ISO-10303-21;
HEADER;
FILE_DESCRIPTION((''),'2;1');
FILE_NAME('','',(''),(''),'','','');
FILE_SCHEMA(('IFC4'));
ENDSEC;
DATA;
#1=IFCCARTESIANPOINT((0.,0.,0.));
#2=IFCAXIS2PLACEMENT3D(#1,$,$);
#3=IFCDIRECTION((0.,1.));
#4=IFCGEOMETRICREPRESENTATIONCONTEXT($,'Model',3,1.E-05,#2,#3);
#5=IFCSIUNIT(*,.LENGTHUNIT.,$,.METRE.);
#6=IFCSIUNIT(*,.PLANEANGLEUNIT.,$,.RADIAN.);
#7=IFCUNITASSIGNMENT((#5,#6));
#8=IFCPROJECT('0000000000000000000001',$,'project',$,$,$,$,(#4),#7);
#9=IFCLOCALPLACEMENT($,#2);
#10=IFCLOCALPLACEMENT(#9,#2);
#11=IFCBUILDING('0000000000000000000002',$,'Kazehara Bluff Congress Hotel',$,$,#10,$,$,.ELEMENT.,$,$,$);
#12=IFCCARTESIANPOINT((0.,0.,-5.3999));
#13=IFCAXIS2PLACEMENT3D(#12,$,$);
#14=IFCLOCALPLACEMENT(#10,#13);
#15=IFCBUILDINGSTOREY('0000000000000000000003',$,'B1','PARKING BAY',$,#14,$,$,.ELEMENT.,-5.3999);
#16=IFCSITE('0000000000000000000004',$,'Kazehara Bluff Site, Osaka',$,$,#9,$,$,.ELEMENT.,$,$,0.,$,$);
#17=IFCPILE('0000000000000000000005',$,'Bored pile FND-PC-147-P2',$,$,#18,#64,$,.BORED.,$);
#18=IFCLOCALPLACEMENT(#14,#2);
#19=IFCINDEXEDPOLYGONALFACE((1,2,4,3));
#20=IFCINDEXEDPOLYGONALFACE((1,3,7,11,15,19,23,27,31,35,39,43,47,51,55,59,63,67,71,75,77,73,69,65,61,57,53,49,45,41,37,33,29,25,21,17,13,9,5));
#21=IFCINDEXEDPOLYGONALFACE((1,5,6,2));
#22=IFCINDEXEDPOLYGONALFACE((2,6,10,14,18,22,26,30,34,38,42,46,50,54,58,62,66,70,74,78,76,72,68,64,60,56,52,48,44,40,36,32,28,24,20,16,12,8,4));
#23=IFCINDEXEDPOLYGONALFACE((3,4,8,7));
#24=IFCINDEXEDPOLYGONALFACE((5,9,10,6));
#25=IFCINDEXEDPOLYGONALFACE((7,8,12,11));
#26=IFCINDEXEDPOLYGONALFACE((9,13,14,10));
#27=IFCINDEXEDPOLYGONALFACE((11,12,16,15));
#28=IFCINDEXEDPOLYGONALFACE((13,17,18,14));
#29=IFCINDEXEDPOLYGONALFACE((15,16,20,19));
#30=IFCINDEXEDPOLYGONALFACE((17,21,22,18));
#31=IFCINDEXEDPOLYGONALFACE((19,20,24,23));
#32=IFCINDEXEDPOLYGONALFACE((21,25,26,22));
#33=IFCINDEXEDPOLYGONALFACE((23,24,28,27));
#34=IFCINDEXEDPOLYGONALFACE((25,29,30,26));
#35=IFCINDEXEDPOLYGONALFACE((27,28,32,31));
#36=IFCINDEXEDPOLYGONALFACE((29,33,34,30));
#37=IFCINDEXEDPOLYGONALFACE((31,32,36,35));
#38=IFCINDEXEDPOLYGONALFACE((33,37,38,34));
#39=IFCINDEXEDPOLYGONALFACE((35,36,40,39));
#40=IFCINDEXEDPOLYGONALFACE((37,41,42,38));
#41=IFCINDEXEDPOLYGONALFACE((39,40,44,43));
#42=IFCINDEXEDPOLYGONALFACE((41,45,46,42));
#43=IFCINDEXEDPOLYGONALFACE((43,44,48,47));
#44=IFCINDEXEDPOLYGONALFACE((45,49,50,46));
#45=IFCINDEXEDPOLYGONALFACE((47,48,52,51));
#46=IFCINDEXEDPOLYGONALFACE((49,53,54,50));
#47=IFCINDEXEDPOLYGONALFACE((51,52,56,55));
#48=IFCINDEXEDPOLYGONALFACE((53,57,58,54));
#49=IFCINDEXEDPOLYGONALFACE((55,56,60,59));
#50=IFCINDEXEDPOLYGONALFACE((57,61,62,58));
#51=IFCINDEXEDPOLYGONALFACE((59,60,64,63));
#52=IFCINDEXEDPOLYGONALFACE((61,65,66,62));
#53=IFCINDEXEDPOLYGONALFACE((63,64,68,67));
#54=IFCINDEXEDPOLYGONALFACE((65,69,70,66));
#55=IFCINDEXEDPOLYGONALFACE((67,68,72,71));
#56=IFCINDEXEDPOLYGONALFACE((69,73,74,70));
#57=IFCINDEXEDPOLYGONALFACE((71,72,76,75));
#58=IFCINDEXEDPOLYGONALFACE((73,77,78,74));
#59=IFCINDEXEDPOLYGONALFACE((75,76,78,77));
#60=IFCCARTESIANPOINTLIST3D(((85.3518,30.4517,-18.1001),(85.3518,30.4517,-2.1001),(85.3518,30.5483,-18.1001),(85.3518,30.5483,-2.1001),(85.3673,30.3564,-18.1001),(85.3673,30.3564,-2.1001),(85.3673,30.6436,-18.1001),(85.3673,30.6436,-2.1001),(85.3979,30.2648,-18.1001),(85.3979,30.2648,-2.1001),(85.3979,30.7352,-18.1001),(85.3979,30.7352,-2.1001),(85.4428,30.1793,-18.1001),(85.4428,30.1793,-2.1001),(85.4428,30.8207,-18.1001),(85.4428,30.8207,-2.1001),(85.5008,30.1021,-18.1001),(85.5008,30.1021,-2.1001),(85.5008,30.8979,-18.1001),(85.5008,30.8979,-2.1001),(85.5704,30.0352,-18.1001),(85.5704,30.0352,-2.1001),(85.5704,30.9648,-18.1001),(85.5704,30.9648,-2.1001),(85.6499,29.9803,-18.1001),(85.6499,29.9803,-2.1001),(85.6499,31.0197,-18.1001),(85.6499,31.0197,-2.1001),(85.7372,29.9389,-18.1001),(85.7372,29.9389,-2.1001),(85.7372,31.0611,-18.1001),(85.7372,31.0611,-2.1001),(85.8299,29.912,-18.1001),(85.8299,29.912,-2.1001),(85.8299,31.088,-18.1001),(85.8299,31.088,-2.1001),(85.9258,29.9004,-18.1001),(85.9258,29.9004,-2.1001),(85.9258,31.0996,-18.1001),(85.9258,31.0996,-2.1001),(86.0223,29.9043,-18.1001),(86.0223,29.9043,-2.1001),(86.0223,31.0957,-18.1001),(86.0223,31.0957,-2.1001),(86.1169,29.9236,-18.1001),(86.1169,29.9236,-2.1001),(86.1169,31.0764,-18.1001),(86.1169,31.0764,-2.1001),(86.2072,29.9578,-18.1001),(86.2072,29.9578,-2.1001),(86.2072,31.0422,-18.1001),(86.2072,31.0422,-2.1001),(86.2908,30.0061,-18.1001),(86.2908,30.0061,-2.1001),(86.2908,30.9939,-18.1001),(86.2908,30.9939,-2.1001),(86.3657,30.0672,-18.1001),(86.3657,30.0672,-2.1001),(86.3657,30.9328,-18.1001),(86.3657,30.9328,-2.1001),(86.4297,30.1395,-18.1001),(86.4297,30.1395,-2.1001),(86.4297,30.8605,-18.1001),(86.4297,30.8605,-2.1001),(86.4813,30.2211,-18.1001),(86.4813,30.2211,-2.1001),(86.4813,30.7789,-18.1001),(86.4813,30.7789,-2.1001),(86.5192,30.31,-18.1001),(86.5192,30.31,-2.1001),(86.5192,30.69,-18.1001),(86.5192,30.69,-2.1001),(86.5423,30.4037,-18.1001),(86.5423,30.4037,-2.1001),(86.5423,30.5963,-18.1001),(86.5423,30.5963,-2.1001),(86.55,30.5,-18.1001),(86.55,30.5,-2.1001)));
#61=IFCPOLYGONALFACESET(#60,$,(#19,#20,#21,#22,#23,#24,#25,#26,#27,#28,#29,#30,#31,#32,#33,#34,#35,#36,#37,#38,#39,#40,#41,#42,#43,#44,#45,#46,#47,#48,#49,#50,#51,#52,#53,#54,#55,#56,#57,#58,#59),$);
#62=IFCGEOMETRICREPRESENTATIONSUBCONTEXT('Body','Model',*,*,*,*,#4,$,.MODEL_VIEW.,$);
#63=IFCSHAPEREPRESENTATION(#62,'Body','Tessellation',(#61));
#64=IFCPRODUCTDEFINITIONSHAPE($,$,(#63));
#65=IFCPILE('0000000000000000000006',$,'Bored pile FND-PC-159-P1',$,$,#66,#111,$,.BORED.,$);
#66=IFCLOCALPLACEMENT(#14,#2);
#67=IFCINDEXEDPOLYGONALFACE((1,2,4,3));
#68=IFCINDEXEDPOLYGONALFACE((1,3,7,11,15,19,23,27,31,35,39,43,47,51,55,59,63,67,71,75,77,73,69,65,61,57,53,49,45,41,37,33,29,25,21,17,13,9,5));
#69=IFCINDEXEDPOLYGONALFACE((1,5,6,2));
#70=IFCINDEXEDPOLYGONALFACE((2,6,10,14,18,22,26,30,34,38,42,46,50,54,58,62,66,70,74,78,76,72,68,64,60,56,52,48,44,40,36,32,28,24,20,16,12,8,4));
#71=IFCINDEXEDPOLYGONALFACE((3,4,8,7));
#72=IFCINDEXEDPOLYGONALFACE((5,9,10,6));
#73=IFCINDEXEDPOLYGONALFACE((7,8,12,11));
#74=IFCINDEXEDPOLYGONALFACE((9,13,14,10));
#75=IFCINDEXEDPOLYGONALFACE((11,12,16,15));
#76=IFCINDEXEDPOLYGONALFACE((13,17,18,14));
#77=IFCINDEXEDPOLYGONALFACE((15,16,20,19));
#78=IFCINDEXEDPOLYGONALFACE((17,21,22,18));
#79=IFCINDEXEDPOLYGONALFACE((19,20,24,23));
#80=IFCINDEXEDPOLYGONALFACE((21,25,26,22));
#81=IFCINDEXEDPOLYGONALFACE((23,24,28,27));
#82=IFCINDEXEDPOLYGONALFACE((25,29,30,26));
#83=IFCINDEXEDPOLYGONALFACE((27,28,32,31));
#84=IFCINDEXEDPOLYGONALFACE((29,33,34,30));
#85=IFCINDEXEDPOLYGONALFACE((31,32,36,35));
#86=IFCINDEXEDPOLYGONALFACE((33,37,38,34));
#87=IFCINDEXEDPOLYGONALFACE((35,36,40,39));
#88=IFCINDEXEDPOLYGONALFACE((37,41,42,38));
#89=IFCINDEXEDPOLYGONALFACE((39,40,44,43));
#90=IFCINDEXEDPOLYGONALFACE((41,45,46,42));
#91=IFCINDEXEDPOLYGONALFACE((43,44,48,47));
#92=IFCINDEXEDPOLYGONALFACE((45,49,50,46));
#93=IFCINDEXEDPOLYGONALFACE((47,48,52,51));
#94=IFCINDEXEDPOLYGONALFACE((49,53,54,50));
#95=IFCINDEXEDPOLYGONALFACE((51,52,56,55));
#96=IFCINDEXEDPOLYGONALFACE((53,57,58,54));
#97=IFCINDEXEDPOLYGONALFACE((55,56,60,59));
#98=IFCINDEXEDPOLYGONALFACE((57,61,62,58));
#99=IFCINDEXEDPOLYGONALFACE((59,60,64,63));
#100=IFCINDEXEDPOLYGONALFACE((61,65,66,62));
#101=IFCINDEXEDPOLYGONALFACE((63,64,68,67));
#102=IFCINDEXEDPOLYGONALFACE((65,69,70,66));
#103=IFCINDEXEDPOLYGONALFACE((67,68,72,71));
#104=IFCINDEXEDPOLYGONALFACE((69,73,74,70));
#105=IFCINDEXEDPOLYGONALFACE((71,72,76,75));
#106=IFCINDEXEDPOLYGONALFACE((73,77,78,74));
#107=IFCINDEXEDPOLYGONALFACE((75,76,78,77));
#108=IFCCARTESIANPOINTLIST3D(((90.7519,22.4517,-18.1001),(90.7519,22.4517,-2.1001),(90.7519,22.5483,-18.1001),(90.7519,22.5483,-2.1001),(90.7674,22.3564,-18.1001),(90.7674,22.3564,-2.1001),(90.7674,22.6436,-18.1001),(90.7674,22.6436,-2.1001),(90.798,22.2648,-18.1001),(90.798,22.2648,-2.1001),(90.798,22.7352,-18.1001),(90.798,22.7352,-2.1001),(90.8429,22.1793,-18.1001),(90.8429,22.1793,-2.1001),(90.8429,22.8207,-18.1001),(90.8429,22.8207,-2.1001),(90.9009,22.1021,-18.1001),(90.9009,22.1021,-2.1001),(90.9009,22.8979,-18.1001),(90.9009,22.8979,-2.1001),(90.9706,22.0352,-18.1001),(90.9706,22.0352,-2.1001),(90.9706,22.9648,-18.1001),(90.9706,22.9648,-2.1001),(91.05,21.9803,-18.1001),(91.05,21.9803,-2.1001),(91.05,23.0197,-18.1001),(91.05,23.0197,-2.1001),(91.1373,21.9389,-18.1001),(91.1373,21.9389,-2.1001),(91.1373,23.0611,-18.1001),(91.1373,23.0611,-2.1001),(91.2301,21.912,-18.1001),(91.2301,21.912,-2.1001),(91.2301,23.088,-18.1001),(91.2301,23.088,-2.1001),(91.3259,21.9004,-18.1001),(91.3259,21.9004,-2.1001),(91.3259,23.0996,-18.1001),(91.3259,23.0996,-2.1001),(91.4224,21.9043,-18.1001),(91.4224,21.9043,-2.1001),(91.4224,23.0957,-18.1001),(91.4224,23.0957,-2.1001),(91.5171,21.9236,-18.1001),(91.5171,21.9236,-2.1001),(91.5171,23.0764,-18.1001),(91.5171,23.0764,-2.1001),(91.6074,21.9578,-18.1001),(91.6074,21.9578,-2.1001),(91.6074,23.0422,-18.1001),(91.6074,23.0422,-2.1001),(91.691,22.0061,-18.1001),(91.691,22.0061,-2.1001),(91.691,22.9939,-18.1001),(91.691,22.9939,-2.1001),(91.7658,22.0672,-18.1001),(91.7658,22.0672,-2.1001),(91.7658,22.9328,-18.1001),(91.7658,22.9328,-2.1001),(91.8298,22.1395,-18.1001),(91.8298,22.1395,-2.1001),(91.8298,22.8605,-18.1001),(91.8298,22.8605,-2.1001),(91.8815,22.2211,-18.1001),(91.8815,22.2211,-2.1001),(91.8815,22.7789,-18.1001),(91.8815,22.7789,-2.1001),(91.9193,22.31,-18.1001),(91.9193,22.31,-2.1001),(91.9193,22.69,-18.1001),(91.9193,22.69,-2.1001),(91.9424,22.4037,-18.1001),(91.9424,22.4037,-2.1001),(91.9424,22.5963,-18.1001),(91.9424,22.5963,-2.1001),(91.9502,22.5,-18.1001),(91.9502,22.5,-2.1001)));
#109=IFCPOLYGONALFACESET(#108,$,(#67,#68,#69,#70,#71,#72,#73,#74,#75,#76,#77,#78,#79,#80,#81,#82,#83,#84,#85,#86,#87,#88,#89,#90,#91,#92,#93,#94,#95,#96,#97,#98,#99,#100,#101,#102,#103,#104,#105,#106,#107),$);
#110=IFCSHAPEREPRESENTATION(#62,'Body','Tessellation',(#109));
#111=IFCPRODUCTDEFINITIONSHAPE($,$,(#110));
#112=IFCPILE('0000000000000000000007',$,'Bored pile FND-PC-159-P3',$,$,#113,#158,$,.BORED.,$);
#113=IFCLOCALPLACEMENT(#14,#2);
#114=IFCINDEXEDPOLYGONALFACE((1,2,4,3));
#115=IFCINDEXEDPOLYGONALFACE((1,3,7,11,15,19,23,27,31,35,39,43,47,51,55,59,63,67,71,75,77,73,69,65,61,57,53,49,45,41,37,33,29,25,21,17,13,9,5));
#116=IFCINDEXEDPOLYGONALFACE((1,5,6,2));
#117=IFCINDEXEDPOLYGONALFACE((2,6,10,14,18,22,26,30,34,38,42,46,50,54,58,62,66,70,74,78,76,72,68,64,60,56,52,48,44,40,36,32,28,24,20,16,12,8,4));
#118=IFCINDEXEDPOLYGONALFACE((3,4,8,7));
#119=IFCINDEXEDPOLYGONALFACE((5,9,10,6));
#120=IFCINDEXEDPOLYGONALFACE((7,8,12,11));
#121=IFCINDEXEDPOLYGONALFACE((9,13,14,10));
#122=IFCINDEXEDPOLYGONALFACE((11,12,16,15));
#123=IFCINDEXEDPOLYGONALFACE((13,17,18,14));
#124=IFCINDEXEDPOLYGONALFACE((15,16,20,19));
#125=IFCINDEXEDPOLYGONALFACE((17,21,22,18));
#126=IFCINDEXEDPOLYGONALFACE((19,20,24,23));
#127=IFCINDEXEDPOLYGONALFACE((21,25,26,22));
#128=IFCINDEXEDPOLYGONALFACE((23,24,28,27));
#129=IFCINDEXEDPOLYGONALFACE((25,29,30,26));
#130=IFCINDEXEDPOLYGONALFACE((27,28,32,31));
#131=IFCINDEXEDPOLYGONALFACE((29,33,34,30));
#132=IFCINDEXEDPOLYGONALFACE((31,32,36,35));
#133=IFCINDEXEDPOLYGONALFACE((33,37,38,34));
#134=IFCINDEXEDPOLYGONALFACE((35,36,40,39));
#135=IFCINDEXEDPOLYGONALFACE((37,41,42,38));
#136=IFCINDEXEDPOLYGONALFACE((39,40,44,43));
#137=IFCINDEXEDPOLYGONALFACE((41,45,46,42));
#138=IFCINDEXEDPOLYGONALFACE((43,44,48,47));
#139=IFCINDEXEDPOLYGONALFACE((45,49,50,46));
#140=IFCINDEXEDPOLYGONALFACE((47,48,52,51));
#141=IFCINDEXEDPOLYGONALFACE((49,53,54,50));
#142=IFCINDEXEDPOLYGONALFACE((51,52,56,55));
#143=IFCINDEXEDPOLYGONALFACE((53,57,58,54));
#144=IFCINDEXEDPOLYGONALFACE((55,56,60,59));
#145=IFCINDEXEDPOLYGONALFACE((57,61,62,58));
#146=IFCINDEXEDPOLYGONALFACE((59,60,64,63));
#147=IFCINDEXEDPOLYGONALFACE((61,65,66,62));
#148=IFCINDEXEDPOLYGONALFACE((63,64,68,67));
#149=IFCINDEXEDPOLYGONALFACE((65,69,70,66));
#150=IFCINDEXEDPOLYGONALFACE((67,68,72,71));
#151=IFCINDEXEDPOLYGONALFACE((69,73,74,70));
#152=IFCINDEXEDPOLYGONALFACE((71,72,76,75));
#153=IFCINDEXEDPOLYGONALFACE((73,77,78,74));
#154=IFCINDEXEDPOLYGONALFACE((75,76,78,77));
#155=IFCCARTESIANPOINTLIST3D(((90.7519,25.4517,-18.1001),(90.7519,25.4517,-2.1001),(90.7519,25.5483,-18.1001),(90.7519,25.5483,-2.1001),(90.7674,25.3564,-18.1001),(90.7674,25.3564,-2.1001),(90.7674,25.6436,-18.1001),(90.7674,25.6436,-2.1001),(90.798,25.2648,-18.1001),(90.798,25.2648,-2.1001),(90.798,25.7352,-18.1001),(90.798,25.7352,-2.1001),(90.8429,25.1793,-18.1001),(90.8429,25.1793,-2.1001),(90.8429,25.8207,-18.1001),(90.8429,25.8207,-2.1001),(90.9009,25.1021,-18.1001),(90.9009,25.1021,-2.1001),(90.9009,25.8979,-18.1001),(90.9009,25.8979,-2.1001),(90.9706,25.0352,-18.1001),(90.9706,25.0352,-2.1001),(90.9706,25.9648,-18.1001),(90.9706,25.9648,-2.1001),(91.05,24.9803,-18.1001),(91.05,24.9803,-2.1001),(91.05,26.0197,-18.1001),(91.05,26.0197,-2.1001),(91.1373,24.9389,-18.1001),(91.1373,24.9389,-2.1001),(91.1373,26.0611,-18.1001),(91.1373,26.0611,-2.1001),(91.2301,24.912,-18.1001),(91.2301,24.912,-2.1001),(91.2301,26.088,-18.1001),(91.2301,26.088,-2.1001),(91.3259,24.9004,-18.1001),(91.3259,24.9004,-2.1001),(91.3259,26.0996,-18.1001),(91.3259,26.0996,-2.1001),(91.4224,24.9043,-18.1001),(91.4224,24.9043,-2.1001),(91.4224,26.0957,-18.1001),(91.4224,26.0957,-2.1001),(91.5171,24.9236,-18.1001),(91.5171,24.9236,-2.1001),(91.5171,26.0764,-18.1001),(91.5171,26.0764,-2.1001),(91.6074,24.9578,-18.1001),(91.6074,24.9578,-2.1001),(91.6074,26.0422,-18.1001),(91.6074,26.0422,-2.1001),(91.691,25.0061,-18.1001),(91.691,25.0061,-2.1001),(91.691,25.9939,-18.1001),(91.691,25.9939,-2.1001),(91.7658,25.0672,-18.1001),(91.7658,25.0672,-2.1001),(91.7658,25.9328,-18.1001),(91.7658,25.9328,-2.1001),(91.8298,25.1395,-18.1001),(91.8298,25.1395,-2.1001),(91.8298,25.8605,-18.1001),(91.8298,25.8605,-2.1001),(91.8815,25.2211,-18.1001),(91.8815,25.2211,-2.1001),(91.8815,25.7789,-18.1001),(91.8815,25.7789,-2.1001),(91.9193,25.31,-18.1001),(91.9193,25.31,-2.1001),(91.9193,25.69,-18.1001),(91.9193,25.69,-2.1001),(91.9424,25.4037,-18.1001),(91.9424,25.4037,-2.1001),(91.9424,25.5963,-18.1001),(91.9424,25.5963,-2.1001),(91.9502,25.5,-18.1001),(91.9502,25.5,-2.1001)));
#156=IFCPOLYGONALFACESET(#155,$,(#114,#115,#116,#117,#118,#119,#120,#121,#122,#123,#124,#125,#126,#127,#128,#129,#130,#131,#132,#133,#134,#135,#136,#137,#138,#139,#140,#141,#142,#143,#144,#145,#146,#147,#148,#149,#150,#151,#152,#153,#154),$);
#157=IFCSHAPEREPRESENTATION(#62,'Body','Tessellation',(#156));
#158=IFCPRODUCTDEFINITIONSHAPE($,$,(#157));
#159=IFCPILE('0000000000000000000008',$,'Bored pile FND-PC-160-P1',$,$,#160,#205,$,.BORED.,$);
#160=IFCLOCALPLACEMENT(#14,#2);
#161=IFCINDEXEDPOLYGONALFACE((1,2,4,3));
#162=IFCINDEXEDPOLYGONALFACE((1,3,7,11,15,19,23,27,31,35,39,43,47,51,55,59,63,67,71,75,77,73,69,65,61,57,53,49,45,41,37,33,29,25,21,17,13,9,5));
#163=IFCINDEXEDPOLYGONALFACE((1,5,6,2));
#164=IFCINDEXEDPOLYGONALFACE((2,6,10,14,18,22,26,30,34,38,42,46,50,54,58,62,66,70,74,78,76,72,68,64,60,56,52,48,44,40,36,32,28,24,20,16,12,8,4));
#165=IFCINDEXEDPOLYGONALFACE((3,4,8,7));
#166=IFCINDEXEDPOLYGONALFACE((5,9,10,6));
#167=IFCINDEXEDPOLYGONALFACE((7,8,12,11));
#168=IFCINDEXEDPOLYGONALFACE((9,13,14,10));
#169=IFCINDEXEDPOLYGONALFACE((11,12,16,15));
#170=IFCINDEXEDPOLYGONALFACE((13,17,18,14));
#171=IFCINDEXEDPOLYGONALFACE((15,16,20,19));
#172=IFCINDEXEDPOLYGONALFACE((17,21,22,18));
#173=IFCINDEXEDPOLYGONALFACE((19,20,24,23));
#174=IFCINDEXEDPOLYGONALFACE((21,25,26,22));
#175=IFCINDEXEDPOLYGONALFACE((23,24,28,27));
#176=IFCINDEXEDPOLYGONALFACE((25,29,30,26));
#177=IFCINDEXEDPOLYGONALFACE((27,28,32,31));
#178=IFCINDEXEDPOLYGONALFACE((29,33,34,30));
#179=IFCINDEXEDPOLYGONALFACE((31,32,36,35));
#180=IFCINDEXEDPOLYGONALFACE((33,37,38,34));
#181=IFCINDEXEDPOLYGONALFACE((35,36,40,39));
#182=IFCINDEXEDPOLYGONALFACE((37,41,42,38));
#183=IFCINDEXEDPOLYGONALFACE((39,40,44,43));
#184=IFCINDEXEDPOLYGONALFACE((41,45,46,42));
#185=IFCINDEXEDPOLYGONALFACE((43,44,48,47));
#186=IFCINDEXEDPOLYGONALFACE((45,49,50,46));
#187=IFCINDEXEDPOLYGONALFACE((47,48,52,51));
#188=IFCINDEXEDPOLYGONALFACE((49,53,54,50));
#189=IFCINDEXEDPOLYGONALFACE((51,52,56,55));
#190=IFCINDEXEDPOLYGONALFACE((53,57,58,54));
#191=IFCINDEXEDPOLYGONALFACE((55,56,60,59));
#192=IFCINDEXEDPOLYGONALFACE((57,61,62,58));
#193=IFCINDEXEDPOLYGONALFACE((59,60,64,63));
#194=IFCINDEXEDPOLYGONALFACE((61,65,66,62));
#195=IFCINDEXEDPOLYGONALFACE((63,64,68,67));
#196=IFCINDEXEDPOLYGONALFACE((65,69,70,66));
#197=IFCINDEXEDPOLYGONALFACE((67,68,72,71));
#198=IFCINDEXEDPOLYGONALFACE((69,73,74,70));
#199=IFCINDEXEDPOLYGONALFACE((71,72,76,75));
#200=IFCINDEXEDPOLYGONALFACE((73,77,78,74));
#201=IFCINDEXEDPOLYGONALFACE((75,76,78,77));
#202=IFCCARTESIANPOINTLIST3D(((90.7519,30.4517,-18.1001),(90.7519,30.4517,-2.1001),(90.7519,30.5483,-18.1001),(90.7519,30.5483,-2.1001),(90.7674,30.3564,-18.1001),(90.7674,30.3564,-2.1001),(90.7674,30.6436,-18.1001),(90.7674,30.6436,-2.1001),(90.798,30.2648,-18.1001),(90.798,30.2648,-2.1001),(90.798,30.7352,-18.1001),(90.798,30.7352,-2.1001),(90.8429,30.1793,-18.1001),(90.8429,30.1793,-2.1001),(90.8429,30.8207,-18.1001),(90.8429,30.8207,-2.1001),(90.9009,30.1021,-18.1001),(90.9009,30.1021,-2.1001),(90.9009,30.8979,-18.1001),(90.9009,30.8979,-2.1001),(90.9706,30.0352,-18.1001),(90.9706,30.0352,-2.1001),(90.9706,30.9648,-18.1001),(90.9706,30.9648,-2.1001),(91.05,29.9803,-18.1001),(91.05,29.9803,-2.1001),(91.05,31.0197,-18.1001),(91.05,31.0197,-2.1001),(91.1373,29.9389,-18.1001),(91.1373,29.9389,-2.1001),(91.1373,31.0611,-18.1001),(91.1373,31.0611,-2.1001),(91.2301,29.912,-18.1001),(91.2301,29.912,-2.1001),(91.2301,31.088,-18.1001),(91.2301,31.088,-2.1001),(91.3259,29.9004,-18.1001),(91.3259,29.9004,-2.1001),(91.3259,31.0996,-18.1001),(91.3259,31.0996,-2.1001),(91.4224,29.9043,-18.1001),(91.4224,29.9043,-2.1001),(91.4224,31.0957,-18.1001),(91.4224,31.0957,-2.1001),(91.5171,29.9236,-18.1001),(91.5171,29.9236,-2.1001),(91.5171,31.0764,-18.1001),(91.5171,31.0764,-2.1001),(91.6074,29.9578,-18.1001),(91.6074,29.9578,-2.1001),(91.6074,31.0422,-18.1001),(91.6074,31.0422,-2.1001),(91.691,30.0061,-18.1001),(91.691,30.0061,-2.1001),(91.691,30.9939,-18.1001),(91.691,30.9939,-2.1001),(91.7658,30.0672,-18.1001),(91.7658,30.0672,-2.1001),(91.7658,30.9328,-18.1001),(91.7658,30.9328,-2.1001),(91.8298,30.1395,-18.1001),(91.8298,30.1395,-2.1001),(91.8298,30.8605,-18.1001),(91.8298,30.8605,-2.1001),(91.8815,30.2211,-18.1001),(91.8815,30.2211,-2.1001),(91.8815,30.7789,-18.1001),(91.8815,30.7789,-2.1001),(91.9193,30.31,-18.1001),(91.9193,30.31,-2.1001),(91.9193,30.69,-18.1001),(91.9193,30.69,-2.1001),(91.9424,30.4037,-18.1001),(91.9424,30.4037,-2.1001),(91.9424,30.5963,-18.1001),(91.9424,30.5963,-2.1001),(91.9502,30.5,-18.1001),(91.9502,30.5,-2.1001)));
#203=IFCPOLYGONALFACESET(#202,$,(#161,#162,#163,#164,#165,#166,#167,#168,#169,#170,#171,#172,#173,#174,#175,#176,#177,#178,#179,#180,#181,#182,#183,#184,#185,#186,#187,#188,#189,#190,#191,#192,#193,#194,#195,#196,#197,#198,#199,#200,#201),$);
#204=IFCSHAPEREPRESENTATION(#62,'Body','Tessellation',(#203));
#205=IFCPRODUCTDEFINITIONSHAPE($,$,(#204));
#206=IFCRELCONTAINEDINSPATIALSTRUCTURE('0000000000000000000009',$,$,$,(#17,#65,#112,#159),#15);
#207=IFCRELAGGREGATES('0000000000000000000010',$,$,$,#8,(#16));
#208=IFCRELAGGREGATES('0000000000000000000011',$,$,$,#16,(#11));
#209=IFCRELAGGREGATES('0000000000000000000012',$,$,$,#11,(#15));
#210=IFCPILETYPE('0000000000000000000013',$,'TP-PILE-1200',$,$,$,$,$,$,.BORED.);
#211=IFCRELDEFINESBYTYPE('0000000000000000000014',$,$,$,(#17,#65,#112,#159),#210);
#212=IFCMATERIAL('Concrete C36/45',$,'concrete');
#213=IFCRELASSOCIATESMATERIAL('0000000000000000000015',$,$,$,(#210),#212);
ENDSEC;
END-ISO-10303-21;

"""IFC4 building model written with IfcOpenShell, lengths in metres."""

from ifc_helpers import new_model, si_unit, direction, frame, origin, origin_2d, place, context, subcontext, project, spatial, circle, extrude, material, material_profile, profile_set, type_object, element, save


model = new_model("IFC4")

# Units and contexts
model_context = context("Model", 3, precision=1e-05, world=origin(), true_north=direction((0.0, 1.0)))
body_context = subcontext(model_context, "Body", "Model", "MODEL_VIEW")
ifc_project = project(units=[si_unit("LENGTHUNIT", "METRE"), si_unit("PLANEANGLEUNIT", "RADIAN")], contexts=[model_context])

# Site, building, storey
site_placement = place(None, origin())
site = spatial("IfcSite", under=ifc_project, at=site_placement, Name="Kazehara Bluff Site, Osaka", CompositionType="ELEMENT", RefElevation=0.0)
building_placement = place(site_placement, origin())
building = spatial("IfcBuilding", under=site, at=building_placement, Name="Kazehara Bluff Congress Hotel", CompositionType="ELEMENT")
storey_placement = place(building_placement, frame((0.0, 0.0, -5.3999)))
storey = spatial("IfcBuildingStorey", under=building, at=storey_placement, Name="B1", Description="PARKING BAY", CompositionType="ELEMENT", Elevation=-5.3999)

# Piles
ifc_material_1 = material(Name="Concrete C36/45", Category="concrete")
ifc_material_profile_1 = material_profile(ifc_material_1, circle(Radius=0.6001, at=origin_2d()))
ifc_profile_set_1 = profile_set([ifc_material_profile_1], Name="Concrete C36/45")
pile_type = type_object("IfcPileType", Name="TP-PILE-1200", PredefinedType="BORED", material=ifc_profile_set_1)
for number, where, z_axis, x_axis, name in (
    (1, (85.95, 30.5, -2.1001), (0.0, 0.0, -1.0), (1.0, 0.0, 0.0), "Bored pile FND-PC-147-P2"),
    (2, (91.3501, 22.5, -2.1001), (0.0, 0.0, -1.0), (1.0, 0.0, 0.0), "Bored pile FND-PC-159-P1"),
    (3, (91.3501, 25.5, -2.1001), (0.0, 0.0, -1.0), (1.0, 0.0, 0.0), "Bored pile FND-PC-159-P3"),
    (4, (91.3501, 30.5, -2.1001), (0.0, 0.0, -1.0), (1.0, 0.0, 0.0), "Bored pile FND-PC-160-P1"),
):
    element("IfcPile", number, at=place(storey_placement, frame(where, z_axis=z_axis, x_axis=x_axis)), inside=storey, type_object=pile_type, Name=name, PredefinedType="BORED", context=body_context, shape_type="SweptSolid", body=[
        extrude(circle(Radius=0.6001, at=origin_2d()), origin(), (0.0, 0.0, 1.0), 16.0),
    ])

save(model, "model.ifc")
